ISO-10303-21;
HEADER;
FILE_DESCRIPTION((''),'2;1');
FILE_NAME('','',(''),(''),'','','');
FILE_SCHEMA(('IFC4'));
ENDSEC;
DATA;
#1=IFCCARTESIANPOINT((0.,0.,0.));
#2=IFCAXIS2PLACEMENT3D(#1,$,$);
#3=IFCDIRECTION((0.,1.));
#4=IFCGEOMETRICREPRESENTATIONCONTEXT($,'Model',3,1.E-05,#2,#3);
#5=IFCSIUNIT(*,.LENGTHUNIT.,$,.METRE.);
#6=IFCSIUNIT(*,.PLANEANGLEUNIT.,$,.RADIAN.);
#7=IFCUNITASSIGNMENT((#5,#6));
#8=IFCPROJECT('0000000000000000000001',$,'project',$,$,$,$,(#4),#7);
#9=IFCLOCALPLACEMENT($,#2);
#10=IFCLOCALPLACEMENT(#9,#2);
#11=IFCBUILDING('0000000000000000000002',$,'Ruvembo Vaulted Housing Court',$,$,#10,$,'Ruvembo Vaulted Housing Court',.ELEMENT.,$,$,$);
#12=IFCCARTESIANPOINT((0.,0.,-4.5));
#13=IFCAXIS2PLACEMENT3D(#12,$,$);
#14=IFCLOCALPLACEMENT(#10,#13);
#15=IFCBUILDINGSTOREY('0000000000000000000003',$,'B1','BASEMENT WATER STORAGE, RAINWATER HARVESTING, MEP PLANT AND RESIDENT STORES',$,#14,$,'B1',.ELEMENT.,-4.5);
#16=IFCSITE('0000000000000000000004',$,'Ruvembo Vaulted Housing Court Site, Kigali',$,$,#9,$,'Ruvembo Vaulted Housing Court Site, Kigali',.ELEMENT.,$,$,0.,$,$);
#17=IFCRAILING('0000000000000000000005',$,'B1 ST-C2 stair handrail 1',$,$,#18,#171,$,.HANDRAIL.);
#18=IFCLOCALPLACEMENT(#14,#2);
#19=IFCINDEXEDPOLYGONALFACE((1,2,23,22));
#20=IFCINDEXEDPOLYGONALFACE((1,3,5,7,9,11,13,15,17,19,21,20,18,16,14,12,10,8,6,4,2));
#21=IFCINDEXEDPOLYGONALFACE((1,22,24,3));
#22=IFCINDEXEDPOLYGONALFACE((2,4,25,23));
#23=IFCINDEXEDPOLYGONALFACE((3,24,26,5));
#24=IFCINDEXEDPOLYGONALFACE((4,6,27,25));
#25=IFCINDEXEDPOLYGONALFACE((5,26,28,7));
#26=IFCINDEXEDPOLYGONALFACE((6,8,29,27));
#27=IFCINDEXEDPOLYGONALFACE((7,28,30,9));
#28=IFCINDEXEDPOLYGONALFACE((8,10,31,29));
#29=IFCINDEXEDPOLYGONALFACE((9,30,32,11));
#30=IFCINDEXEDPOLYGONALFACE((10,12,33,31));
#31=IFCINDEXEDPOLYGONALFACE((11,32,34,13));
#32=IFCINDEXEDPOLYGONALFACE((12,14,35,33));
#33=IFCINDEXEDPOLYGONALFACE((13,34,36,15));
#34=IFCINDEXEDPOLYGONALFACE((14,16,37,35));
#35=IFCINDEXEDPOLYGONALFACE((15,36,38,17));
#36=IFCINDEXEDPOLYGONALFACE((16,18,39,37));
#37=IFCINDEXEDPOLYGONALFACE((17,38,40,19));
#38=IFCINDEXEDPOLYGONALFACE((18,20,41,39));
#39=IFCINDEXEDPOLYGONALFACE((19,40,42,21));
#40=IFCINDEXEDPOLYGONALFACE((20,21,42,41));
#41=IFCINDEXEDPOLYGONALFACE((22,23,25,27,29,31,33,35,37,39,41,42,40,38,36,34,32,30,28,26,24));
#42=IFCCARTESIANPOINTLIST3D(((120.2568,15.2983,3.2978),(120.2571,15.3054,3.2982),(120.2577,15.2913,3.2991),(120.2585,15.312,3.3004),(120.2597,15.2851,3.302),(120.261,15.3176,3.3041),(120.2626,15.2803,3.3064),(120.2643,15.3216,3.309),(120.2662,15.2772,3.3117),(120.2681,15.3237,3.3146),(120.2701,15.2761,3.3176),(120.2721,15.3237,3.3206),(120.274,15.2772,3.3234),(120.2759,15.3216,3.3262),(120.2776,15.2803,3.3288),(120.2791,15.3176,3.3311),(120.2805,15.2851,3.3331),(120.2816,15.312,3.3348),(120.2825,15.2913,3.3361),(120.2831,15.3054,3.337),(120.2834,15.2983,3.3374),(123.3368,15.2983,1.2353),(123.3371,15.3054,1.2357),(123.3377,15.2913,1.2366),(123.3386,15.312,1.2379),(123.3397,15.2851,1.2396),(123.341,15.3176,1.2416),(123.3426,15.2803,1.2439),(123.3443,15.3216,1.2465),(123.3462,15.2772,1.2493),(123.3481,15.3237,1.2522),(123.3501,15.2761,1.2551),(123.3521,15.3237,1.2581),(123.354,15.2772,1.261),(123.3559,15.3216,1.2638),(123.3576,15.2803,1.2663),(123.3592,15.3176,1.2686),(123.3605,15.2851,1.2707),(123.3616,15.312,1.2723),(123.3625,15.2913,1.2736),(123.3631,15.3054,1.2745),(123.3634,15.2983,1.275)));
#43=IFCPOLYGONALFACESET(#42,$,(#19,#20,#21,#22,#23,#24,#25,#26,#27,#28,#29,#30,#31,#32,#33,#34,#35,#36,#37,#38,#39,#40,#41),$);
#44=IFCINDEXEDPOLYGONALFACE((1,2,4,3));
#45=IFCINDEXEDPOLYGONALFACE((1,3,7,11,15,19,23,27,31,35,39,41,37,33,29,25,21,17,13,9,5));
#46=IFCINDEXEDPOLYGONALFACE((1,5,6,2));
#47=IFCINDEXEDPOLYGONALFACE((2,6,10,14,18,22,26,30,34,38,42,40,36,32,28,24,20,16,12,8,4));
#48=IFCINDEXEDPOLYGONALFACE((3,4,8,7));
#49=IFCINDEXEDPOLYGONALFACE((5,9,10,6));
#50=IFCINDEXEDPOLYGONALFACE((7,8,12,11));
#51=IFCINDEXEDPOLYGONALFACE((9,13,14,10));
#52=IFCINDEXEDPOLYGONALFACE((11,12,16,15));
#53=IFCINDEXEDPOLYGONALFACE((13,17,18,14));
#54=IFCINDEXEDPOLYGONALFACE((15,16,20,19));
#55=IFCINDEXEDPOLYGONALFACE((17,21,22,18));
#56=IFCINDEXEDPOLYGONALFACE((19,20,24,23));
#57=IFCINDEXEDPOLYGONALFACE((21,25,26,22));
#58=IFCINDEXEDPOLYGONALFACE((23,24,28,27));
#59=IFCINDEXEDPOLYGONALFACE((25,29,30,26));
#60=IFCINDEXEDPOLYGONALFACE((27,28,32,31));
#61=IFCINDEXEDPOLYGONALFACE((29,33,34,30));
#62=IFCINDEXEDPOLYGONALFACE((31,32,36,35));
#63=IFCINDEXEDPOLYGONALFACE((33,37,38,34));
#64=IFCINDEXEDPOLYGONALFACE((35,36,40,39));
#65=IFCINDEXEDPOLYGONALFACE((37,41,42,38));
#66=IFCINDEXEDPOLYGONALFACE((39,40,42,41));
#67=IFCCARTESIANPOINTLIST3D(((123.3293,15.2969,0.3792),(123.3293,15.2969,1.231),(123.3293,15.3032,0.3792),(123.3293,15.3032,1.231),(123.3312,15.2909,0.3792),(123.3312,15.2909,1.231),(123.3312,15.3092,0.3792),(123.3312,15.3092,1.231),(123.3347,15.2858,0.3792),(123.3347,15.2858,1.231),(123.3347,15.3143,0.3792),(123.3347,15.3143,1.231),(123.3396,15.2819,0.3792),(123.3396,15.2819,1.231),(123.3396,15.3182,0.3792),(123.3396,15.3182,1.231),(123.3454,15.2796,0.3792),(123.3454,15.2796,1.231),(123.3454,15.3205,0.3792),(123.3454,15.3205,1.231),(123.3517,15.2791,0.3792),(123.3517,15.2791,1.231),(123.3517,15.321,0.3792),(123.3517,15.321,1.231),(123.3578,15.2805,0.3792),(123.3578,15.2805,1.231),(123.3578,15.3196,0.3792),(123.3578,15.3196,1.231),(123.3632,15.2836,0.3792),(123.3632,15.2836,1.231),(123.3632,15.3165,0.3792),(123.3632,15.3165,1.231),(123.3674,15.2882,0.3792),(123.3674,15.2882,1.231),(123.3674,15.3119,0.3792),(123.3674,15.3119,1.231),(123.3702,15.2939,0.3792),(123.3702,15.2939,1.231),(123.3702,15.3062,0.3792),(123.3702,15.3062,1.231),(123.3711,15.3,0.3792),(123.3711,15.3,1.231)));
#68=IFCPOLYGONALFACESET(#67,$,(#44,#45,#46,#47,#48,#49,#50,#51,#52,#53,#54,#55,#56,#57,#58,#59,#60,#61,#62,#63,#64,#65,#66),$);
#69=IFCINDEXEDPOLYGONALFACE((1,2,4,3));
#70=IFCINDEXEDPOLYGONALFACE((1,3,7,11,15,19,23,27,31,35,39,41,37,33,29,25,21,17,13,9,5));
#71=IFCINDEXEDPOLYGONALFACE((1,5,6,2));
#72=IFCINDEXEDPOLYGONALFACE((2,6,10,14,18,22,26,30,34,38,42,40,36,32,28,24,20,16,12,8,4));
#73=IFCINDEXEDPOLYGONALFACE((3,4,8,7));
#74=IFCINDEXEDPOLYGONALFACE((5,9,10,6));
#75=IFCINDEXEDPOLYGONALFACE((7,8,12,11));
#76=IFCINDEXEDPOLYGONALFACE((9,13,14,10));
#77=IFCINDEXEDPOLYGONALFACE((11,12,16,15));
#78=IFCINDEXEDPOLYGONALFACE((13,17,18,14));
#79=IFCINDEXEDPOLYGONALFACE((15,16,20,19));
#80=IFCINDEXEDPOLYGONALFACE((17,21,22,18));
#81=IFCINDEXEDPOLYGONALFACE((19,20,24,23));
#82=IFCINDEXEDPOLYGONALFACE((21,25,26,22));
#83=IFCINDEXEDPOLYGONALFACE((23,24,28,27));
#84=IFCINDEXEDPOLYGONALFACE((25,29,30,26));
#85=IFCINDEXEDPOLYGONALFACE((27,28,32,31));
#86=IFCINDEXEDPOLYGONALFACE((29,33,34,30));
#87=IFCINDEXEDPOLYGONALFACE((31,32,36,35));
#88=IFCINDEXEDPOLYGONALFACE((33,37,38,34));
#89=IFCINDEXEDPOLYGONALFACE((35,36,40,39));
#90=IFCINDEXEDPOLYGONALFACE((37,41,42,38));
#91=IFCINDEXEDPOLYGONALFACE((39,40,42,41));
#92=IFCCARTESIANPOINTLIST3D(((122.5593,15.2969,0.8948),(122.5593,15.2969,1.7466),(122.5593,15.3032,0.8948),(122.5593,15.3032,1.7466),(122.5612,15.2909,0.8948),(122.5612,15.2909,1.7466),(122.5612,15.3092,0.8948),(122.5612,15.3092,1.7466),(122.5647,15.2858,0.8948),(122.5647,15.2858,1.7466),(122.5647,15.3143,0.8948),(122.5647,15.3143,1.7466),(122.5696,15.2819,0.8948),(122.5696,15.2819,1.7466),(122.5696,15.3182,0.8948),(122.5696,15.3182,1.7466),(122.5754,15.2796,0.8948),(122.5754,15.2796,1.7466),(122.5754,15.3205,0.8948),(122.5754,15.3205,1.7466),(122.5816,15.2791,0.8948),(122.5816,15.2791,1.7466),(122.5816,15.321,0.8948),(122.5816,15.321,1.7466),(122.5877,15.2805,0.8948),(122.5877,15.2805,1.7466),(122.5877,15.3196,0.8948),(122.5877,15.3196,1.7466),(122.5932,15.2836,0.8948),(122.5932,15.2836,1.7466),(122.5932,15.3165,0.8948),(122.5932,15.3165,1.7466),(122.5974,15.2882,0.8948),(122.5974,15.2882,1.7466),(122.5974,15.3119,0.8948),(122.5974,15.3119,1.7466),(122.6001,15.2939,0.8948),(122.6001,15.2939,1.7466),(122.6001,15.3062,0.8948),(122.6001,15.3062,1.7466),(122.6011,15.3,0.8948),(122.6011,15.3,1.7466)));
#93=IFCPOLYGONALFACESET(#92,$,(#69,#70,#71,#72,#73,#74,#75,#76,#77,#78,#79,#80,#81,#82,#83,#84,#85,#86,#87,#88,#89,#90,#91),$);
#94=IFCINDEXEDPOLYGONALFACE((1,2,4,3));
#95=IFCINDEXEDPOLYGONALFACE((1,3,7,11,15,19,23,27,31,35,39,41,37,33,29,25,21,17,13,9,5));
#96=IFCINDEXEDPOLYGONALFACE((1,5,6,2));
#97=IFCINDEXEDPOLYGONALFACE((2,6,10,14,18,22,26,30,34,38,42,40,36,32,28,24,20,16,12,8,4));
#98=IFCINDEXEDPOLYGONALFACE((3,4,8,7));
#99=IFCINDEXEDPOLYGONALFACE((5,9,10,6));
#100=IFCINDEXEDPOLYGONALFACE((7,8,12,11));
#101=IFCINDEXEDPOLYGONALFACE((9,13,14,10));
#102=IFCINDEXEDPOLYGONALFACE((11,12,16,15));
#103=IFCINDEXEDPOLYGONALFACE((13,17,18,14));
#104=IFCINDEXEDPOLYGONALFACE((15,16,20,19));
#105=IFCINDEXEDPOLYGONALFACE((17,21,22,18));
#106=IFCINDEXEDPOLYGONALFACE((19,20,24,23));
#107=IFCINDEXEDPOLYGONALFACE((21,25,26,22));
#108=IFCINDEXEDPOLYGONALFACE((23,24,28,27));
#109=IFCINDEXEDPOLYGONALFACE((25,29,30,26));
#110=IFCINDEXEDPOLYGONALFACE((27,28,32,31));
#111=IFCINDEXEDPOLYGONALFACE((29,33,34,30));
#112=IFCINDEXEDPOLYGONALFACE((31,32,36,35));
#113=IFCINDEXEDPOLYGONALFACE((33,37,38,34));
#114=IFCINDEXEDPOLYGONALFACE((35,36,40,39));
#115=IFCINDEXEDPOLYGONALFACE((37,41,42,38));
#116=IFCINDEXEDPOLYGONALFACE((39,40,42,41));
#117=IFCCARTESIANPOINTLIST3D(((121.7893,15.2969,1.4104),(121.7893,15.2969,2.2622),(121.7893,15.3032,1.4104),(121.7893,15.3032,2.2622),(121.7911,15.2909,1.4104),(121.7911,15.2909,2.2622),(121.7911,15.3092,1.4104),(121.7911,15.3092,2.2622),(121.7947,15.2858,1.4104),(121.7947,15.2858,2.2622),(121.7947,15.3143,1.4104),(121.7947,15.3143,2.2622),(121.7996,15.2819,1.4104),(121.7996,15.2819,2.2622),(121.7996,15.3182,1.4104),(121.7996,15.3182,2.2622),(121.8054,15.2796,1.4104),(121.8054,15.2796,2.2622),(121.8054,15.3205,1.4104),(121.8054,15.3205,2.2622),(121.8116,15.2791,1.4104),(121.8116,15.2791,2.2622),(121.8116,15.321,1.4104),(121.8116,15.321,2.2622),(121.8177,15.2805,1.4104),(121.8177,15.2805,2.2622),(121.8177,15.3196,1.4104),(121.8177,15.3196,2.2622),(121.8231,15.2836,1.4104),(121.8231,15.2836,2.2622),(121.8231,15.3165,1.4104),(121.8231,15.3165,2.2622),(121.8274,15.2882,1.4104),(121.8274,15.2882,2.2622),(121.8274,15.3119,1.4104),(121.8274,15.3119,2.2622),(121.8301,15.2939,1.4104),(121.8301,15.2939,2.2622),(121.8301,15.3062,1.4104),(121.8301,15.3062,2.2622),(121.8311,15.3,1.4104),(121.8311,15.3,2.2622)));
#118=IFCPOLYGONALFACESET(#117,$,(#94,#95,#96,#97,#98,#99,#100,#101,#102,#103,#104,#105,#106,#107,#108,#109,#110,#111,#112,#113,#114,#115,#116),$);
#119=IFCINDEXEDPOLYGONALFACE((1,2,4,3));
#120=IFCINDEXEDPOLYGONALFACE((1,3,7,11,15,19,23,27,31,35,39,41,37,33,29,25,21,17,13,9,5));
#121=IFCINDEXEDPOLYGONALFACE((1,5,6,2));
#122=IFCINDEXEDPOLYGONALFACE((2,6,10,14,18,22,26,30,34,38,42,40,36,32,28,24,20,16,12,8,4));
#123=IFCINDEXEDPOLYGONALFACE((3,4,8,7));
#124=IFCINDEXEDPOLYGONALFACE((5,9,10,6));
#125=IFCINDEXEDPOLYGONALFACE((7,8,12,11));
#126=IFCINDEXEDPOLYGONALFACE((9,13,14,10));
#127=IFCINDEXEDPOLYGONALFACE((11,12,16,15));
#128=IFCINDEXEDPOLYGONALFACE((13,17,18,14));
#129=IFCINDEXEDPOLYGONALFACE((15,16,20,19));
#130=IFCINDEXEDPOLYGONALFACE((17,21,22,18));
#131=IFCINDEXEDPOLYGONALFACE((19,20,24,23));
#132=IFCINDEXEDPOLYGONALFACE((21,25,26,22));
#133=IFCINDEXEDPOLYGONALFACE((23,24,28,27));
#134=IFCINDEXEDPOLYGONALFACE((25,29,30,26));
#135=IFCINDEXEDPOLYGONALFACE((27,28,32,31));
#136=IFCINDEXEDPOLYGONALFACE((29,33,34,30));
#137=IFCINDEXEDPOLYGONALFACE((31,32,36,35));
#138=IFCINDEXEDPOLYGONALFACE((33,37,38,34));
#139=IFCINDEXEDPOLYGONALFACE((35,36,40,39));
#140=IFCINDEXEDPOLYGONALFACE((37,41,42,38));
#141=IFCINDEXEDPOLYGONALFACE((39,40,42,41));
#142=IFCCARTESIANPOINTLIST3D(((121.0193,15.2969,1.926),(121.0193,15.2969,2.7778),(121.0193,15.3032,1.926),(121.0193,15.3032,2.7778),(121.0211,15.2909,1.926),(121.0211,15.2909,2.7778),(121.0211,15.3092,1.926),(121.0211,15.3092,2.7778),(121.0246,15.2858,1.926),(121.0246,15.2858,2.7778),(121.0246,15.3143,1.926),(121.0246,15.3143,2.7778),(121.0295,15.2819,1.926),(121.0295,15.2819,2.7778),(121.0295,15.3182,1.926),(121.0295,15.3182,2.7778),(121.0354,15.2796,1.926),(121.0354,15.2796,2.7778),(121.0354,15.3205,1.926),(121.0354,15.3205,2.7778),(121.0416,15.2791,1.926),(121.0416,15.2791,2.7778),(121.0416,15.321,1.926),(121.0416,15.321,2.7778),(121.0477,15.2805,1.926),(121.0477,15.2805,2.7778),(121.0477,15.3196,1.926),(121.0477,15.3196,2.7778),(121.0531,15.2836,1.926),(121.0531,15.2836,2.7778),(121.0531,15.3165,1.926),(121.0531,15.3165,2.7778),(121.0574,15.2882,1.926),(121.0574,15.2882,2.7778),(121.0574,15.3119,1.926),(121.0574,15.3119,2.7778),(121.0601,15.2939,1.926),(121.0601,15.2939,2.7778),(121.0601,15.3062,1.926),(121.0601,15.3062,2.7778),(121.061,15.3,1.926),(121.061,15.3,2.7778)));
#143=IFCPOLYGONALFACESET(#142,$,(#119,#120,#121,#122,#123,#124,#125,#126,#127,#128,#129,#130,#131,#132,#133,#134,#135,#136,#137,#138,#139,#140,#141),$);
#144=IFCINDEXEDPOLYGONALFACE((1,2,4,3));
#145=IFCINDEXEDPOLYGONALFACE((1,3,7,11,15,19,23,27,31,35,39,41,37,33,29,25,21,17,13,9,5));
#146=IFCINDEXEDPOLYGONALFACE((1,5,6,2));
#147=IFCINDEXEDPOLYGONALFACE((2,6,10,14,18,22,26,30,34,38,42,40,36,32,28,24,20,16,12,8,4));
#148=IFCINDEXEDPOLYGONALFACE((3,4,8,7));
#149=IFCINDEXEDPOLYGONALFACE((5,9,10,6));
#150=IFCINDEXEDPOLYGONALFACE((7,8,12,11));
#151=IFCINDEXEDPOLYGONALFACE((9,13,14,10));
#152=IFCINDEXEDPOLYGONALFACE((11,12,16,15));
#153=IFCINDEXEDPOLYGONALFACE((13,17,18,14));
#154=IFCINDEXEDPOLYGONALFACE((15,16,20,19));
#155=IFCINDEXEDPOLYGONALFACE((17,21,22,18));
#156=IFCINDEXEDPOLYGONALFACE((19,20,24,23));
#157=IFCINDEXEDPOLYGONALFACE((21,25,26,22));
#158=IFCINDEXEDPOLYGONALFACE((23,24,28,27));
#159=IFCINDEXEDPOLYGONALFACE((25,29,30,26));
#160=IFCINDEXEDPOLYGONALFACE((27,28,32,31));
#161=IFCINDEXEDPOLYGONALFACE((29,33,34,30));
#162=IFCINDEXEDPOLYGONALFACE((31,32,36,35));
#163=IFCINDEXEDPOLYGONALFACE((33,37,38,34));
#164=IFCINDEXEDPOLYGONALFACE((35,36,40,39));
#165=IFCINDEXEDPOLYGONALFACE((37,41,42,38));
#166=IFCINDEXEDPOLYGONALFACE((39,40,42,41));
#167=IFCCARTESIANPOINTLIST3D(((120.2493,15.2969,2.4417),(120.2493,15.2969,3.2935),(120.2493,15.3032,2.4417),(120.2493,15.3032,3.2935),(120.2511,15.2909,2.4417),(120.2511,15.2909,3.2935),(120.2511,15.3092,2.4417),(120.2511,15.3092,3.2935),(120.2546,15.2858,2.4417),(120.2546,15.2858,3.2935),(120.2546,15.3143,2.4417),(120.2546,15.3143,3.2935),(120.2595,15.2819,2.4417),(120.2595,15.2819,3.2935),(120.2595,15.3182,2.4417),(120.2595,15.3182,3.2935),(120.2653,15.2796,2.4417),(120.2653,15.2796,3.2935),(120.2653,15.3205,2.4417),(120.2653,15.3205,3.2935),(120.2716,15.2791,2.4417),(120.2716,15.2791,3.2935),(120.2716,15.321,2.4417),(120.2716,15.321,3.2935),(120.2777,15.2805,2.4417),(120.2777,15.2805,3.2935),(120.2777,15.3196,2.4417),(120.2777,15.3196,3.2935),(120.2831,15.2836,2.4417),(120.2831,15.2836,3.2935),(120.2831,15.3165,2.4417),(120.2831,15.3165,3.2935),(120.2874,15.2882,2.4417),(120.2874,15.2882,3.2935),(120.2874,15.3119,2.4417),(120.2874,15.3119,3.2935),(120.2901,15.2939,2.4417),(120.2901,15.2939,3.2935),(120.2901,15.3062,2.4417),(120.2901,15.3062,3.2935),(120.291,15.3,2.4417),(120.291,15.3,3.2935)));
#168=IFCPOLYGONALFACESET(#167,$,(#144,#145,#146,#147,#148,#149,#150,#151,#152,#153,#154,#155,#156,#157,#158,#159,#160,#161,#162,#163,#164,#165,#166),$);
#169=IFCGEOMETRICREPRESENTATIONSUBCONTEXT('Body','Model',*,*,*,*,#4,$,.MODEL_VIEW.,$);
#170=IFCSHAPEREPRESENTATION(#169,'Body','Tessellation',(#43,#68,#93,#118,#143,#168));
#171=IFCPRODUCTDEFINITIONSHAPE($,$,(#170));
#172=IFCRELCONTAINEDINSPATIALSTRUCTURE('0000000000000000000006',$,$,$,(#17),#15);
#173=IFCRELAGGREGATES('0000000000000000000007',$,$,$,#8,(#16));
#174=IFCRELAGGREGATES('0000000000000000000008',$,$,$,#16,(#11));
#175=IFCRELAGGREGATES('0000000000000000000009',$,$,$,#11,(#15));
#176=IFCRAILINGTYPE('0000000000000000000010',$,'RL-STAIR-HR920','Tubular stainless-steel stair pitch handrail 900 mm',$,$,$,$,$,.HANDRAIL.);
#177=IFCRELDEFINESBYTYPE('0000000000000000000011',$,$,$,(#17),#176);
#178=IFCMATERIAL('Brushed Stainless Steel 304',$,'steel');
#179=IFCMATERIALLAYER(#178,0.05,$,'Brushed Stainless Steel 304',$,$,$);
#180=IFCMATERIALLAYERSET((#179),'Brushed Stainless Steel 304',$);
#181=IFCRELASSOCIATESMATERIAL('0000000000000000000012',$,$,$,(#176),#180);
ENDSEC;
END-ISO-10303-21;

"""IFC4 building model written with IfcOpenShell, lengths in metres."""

from ifc_helpers import new_model, si_unit, direction, frame, origin, origin_2d, place, context, subcontext, project, spatial, circle, extrude, material, layer, layer_set, type_object, element, save


model = new_model("IFC4")

# Units and contexts
model_context = context("Model", 3, precision=1e-05, world=origin(), true_north=direction((0.0, 1.0)))
body_context = subcontext(model_context, "Body", "Model", "MODEL_VIEW")
ifc_project = project(units=[si_unit("LENGTHUNIT", "METRE"), si_unit("PLANEANGLEUNIT", "RADIAN")], contexts=[model_context])

# Site, building, storey
site_placement = place(None, origin())
site = spatial("IfcSite", under=ifc_project, at=site_placement, Name="Ruvembo Vaulted Housing Court Site, Kigali", LongName="Ruvembo Vaulted Housing Court Site, Kigali", CompositionType="ELEMENT", RefElevation=0.0)
building_placement = place(site_placement, origin())
building = spatial("IfcBuilding", under=site, at=building_placement, Name="Ruvembo Vaulted Housing Court", LongName="Ruvembo Vaulted Housing Court", CompositionType="ELEMENT")
storey_placement = place(building_placement, frame((0.0, 0.0, -4.5)))
storey = spatial("IfcBuildingStorey", under=building, at=storey_placement, Name="B1", Description="BASEMENT WATER STORAGE, RAINWATER HARVESTING, MEP PLANT AND RESIDENT STORES", LongName="B1", CompositionType="ELEMENT", Elevation=-4.5)

# Shared definitions
ifc_material_1 = material(Name="Brushed Stainless Steel 304", Category="steel")

# Railing
ifc_layer_1 = layer(ifc_material_1, 0.05, Name="Brushed Stainless Steel 304")
ifc_layer_set_1 = layer_set([ifc_layer_1], Name="Brushed Stainless Steel 304")
railing_type_1 = type_object("IfcRailingType", Name="RL-STAIR-HR920", Description="Tubular stainless-steel stair pitch handrail 900 mm", PredefinedType="HANDRAIL", material=ifc_layer_set_1)
railing_1_placement = place(storey_placement, frame((123.3501, 15.3, 0.3792)))
element("IfcRailing", 1, at=railing_1_placement, inside=storey, type_object=railing_type_1, Name="B1 ST-C2 stair handrail 1", PredefinedType="HANDRAIL", context=body_context, shape_type="SweptSolid", body=[
    extrude(circle(Radius=0.0239, at=origin_2d()), frame((0.0, 0.0, 0.876), z_axis=(-0.830914, 0.0, 0.556401), x_axis=(0.0, -1.0, 0.0)), (0.0, 0.0, 1.0), 3.7068),
    extrude(circle(Radius=0.021, at=origin_2d()), origin(), (0.0, 0.0, 1.0), 0.8518),
    extrude(circle(Radius=0.021, at=origin_2d()), frame((-0.77, 0.0, 0.5156)), (0.0, 0.0, 1.0), 0.8518),
    extrude(circle(Radius=0.021, at=origin_2d()), frame((-1.54, 0.0, 1.0312)), (0.0, 0.0, 1.0), 0.8518),
    extrude(circle(Radius=0.021, at=origin_2d()), frame((-2.3101, 0.0, 1.5469)), (0.0, 0.0, 1.0), 0.8518),
    extrude(circle(Radius=0.021, at=origin_2d()), frame((-3.0801, 0.0, 2.0625)), (0.0, 0.0, 1.0), 0.8518),
])

save(model, "model.ifc")
